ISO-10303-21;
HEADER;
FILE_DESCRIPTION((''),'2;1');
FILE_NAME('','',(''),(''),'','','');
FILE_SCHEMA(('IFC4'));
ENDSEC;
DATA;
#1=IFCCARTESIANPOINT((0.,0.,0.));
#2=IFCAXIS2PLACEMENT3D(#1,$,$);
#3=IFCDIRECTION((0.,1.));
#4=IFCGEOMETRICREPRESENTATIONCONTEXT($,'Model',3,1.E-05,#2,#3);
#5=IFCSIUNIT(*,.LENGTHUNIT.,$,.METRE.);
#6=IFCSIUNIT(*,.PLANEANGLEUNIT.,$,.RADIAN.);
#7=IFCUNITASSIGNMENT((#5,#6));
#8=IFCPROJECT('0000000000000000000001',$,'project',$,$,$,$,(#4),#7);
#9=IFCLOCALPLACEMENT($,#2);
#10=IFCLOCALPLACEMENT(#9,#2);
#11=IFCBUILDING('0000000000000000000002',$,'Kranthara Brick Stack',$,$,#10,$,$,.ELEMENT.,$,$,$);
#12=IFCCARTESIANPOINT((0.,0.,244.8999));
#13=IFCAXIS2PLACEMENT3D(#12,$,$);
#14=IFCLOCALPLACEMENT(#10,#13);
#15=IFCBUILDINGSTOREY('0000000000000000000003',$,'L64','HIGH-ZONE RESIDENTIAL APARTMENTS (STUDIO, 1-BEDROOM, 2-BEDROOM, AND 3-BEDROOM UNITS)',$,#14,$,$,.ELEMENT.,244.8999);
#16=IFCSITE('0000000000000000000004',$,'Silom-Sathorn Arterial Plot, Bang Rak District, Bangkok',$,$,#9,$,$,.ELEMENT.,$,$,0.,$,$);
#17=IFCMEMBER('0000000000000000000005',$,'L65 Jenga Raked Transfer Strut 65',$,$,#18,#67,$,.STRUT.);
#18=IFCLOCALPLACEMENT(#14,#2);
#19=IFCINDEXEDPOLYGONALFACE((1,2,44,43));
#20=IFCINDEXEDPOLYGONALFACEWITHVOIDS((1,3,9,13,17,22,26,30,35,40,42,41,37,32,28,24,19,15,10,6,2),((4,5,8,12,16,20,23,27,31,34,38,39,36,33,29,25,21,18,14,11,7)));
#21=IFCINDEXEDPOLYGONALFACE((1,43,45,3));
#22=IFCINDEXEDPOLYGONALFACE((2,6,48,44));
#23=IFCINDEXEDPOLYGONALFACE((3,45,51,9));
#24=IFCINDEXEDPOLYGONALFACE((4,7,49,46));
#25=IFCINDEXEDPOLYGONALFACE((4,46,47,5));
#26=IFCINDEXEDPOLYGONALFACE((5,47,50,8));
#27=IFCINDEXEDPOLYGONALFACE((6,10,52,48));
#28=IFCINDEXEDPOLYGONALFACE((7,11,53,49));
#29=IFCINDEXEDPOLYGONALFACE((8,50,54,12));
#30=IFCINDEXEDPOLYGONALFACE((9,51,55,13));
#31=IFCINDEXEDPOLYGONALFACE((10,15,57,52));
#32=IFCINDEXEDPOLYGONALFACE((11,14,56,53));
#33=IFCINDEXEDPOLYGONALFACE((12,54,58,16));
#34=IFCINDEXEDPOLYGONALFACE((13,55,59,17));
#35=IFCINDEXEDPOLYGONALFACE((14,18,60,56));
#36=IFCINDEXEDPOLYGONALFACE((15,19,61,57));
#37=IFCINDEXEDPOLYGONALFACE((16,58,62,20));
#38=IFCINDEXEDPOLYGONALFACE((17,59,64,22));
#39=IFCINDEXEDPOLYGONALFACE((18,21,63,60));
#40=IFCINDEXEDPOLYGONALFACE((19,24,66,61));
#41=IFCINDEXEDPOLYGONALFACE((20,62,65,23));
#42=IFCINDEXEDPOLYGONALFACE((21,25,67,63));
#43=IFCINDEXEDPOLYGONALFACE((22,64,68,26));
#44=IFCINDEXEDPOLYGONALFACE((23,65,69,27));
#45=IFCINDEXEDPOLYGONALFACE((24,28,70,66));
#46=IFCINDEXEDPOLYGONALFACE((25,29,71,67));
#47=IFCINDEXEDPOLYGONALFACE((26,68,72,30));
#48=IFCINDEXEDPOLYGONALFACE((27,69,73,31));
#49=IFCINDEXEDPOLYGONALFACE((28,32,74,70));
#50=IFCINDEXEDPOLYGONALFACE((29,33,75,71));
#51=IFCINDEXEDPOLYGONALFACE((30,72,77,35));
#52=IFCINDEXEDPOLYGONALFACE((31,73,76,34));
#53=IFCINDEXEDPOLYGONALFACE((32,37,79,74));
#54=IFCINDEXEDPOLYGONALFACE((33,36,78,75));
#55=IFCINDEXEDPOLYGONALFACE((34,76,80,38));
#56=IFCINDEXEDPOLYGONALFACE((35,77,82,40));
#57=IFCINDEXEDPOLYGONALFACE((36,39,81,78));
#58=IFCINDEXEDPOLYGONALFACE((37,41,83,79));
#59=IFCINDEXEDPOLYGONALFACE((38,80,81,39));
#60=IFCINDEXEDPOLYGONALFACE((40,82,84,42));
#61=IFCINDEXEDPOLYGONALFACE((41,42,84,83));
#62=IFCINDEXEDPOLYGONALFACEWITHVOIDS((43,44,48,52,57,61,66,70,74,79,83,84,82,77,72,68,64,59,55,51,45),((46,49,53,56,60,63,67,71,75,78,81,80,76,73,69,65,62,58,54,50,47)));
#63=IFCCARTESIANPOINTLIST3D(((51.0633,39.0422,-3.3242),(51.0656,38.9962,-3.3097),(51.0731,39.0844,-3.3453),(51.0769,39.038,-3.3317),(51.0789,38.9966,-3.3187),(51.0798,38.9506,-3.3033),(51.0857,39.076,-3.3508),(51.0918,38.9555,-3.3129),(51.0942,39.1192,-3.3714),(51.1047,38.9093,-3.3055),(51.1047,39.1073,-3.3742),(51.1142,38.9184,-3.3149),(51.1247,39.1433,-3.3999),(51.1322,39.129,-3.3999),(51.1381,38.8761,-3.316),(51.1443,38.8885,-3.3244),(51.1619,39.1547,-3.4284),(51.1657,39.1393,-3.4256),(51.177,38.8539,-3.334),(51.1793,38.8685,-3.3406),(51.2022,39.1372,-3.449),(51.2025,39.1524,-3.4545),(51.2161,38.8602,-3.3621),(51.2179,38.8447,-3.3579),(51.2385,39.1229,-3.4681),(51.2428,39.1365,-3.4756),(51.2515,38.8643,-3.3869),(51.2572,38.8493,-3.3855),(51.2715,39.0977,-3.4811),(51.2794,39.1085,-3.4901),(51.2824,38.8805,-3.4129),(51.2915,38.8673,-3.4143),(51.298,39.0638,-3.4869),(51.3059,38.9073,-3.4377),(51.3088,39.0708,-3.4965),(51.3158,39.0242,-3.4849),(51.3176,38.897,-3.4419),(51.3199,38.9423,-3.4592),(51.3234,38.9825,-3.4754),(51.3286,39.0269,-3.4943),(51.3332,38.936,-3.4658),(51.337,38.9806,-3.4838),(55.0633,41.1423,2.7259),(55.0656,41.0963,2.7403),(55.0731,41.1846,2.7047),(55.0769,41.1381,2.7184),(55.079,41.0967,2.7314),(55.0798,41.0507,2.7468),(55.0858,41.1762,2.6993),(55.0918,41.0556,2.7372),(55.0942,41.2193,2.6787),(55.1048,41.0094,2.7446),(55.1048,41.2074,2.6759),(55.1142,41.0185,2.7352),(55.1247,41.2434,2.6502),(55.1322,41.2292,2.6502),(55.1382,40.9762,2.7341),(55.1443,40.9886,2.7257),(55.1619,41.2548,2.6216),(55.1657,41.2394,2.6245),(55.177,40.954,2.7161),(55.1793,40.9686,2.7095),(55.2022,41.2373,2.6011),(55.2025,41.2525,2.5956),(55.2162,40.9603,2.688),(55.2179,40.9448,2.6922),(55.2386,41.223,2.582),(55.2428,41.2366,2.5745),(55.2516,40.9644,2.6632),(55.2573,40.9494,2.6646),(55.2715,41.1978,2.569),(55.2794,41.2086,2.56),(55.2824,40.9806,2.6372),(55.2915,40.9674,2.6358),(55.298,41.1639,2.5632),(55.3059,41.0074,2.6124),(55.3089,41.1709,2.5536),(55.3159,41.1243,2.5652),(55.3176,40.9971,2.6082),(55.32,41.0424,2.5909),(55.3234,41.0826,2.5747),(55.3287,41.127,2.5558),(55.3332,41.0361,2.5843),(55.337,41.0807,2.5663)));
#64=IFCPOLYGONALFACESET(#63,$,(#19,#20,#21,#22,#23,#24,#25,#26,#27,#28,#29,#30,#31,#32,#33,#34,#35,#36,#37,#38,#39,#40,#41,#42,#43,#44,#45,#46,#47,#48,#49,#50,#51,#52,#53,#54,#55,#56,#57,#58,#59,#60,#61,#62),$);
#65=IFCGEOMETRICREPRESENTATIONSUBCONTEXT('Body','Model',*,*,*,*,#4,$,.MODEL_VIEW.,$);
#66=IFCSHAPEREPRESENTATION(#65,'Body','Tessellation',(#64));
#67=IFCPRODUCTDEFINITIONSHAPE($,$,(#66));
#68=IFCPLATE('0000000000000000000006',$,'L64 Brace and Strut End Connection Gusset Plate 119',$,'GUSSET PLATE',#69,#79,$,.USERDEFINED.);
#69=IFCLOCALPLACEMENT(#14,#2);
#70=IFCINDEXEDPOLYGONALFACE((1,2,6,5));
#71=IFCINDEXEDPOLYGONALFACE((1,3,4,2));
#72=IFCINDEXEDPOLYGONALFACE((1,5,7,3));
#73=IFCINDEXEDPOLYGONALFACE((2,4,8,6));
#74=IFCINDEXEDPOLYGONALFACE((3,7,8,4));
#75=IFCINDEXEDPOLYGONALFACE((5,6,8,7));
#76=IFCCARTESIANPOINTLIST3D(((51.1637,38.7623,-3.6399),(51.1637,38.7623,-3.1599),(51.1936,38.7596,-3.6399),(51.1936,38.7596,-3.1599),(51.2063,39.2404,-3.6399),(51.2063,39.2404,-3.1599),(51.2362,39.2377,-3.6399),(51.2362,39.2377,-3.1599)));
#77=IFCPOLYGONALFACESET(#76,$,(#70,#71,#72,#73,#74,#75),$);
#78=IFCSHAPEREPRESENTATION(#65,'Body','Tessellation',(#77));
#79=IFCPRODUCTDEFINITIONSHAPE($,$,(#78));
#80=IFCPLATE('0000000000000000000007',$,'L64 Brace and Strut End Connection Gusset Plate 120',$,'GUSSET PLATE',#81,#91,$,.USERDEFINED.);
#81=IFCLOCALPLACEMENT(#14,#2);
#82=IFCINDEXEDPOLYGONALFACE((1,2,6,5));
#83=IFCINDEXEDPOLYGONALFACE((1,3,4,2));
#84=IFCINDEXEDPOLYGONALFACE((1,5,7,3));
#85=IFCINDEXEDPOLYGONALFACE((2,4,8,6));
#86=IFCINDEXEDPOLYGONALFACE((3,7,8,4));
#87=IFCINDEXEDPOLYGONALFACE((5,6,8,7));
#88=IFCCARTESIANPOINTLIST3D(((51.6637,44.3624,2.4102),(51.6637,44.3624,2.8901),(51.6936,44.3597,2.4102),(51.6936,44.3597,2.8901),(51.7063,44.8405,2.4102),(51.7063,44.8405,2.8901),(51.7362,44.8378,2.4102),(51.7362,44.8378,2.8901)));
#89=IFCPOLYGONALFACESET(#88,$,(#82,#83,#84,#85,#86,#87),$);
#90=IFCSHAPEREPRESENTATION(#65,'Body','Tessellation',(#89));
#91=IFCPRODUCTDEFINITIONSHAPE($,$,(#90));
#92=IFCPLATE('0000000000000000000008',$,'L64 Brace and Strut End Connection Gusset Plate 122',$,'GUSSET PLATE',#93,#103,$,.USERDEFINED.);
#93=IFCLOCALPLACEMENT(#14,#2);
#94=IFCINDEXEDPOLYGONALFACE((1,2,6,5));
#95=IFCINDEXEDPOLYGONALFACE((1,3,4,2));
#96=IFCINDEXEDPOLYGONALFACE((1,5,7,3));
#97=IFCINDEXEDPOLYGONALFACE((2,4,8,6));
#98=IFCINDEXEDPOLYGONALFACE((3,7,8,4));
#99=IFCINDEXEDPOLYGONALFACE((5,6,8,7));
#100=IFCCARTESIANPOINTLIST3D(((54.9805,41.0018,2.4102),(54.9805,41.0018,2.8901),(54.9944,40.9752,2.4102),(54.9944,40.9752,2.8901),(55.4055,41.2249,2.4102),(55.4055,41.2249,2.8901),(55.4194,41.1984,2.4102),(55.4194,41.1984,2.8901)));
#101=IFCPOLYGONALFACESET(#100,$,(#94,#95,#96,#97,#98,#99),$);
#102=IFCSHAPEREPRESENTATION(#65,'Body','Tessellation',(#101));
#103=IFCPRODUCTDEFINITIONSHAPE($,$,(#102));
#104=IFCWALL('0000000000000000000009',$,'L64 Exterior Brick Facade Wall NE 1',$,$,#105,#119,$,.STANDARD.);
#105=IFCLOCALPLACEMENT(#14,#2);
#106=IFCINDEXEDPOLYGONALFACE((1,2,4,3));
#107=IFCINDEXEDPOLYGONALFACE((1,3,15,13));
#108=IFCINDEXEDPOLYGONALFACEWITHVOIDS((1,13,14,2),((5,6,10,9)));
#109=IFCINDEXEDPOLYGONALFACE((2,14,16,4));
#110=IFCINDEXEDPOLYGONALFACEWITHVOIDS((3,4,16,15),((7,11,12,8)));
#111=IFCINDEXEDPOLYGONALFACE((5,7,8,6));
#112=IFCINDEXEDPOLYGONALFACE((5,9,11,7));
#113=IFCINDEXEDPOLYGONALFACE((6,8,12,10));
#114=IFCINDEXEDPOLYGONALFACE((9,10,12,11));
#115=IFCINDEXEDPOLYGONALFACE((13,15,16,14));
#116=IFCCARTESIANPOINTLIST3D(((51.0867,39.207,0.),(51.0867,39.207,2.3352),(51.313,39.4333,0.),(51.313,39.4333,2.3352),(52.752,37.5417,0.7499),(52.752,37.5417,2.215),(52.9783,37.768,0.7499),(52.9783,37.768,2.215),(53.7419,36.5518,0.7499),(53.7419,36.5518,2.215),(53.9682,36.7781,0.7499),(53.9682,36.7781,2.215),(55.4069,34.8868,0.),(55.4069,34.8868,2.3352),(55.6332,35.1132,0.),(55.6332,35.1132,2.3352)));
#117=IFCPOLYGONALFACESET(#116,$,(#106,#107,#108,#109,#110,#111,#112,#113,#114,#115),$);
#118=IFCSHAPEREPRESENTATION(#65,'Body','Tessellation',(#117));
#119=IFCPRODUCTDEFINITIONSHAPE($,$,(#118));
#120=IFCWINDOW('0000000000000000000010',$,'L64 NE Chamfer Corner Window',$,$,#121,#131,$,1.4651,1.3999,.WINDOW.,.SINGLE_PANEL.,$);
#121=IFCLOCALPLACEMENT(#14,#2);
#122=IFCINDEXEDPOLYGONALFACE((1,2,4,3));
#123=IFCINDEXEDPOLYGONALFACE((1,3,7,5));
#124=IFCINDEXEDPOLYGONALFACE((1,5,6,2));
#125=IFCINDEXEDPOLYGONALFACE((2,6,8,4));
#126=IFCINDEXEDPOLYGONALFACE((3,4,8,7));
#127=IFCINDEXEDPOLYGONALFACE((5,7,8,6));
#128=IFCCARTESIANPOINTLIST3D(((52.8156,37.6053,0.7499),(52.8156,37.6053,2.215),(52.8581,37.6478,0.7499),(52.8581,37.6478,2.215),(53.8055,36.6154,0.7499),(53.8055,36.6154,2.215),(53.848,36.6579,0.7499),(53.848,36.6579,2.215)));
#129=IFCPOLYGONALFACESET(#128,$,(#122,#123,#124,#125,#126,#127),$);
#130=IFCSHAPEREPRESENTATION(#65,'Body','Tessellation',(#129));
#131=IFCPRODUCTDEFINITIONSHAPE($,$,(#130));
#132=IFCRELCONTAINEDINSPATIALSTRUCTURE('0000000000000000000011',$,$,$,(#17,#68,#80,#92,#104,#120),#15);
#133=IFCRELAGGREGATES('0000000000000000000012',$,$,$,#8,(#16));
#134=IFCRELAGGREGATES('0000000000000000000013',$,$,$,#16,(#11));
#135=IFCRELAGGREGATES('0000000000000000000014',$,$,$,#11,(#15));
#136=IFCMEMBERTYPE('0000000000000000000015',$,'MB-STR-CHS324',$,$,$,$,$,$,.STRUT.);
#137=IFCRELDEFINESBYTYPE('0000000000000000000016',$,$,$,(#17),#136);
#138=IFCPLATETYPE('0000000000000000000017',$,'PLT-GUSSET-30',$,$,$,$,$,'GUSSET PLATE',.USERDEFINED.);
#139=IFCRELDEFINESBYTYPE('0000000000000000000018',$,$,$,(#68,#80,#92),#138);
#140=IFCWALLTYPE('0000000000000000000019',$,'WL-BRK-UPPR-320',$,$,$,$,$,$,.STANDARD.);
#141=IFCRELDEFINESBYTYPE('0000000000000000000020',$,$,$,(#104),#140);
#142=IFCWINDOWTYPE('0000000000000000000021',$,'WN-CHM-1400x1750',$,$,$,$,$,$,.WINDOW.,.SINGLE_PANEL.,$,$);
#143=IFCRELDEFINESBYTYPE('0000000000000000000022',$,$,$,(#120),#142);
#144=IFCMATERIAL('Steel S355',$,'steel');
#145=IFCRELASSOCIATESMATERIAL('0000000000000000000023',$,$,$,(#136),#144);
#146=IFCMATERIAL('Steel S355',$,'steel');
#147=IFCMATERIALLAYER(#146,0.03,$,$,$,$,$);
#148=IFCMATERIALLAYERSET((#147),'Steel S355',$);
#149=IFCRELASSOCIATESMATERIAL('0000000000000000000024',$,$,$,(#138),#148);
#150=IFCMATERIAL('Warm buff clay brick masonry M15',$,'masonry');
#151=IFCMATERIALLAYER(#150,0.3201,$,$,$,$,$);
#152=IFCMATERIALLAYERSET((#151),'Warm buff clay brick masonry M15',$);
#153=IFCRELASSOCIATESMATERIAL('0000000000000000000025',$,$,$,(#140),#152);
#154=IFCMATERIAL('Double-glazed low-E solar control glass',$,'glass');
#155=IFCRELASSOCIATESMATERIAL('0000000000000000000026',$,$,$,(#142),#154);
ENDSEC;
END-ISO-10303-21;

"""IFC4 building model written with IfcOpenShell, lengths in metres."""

from ifc_helpers import new_model, si_unit, direction, frame, frame_2d, origin, origin_2d, place, context, subcontext, project, spatial, rectangle, hollow_circle, extrude, material, layer, layer_set, material_profile, profile_set, type_object, element, fill, save


model = new_model("IFC4")

# Units and contexts
model_context = context("Model", 3, precision=1e-05, world=origin(), true_north=direction((0.0, 1.0)))
body_context = subcontext(model_context, "Body", "Model", "MODEL_VIEW")
ifc_project = project(units=[si_unit("LENGTHUNIT", "METRE"), si_unit("PLANEANGLEUNIT", "RADIAN")], contexts=[model_context])

# Site, building, storey
site_placement = place(None, origin())
site = spatial("IfcSite", under=ifc_project, at=site_placement, Name="Silom-Sathorn Arterial Plot, Bang Rak District, Bangkok", CompositionType="ELEMENT", RefElevation=0.0)
building_placement = place(site_placement, origin())
building = spatial("IfcBuilding", under=site, at=building_placement, Name="Kranthara Brick Stack", CompositionType="ELEMENT")
storey_placement = place(building_placement, frame((0.0, 0.0, 244.8999)))
storey = spatial("IfcBuildingStorey", under=building, at=storey_placement, Name="L64", Description="HIGH-ZONE RESIDENTIAL APARTMENTS (STUDIO, 1-BEDROOM, 2-BEDROOM, AND 3-BEDROOM UNITS)", CompositionType="ELEMENT", Elevation=244.8999)

# Member
ifc_material_1 = material(Name="Steel S355", Category="steel")
ifc_material_profile_1 = material_profile(ifc_material_1, hollow_circle(Radius=0.1619, WallThickness=0.0161, at=origin_2d()), Name="CHS 323.9x16")
ifc_profile_set_1 = profile_set([ifc_material_profile_1], Name="Steel S355")
member_type = type_object("IfcMemberType", Name="MB-STR-CHS324", PredefinedType="STRUT", material=ifc_profile_set_1)
member_1_placement = place(storey_placement, frame((51.2, 39.0, -3.3999), z_axis=(0.52975, 0.278132, 0.801254), x_axis=(-0.464851, 0.885389, 0.0)))
element("IfcMember", 1, at=member_1_placement, inside=storey, type_object=member_type, Name="L65 Jenga Raked Transfer Strut 65", PredefinedType="STRUT", context=body_context, shape_type="SweptSolid", body=[
    extrude(hollow_circle(Radius=0.1619, WallThickness=0.0161, at=origin_2d()), origin(), (0.0, 0.0, 1.0), 7.5508),
])

# Plates
ifc_material_2 = material(Name="Steel S355", Category="steel")
ifc_layer_1 = layer(ifc_material_2, 0.03)
ifc_layer_set_1 = layer_set([ifc_layer_1], Name="Steel S355")
plate_type = type_object("IfcPlateType", Name="PLT-GUSSET-30", ElementType="GUSSET PLATE", PredefinedType="USERDEFINED", material=ifc_layer_set_1)
for number, where, z_axis, x_axis, name in (
    (2, (51.2, 39.0, -3.6399), (0.0, 0.0, 1.0), (0.088894, 0.996041, 0.0), "L64 Brace and Strut End Connection Gusset Plate 119"),
    (3, (51.7, 44.6001, 2.4102), (0.0, 0.0, 1.0), (0.088894, 0.996041, 0.0), "L64 Brace and Strut End Connection Gusset Plate 120"),
    (4, (55.2, 41.1001, 2.4102), (0.0, 0.0, 1.0), (0.885394, 0.464842, 0.0), "L64 Brace and Strut End Connection Gusset Plate 122"),
):
    element("IfcPlate", number, at=place(storey_placement, frame(where, z_axis=z_axis, x_axis=x_axis)), inside=storey, type_object=plate_type, Name=name, ObjectType="GUSSET PLATE", PredefinedType="USERDEFINED", context=body_context, shape_type="SweptSolid", body=[
        extrude(rectangle(XDim=0.48, YDim=0.03, at=origin_2d()), origin(), (0.0, 0.0, 1.0), 0.48),
    ])

# Wall, opening, window
ifc_material_3 = material(Name="Warm buff clay brick masonry M15", Category="masonry")
ifc_layer_2 = layer(ifc_material_3, 0.3201)
ifc_layer_set_2 = layer_set([ifc_layer_2], Name="Warm buff clay brick masonry M15")
wall_type_1 = type_object("IfcWallType", Name="WL-BRK-UPPR-320", PredefinedType="STANDARD", material=ifc_layer_set_2)
wall_1_placement = place(storey_placement, frame((51.2, 39.3201, 0.0), z_axis=(0.0, 0.0, 1.0), x_axis=(0.707107, -0.707107, 0.0)))
wall_1 = element("IfcWall", 5, at=wall_1_placement, inside=storey, type_object=wall_type_1, Name="L64 Exterior Brick Facade Wall NE 1", PredefinedType="STANDARD", context=body_context, shape_type="SweptSolid", body=[
    extrude(rectangle(XDim=6.1096, YDim=0.3201, at=frame_2d((3.0547, 0.0))), origin(), (0.0, 0.0, 1.0), 2.3352),
])
opening_1_placement = place(wall_1_placement, frame((2.355, 0.0, 0.75)))
opening_1 = element("IfcOpeningElement", 6, at=opening_1_placement, cuts=wall_1, PredefinedType="OPENING", context=body_context, shape_type="SweptSolid", body=[
    extrude(rectangle(XDim=1.3999, YDim=1.4651, at=frame_2d((0.7, 0.7324))), frame((0.0, 0.1699, 0.0), z_axis=(0.0, -1.0, 0.0), x_axis=(1.0, 0.0, 0.0)), (0.0, 0.0, 1.0), 0.3401),
])
ifc_material_4 = material(Name="Double-glazed low-E solar control glass", Category="glass")
window_type_1 = type_object("IfcWindowType", Name="WN-CHM-1400x1750", PartitioningType="SINGLE_PANEL", PredefinedType="WINDOW", material=ifc_material_4)
window_1_placement = place(opening_1_placement, origin())
window_1 = element("IfcWindow", 7, at=window_1_placement, inside=storey, type_object=window_type_1, Name="L64 NE Chamfer Corner Window", OverallHeight=1.4651, OverallWidth=1.3999, PartitioningType="SINGLE_PANEL", PredefinedType="WINDOW", context=body_context, shape_type="SweptSolid", body=[
    extrude(rectangle(XDim=1.3999, YDim=1.4651, at=frame_2d((0.7, 0.7324))), frame((0.0, -0.01, 0.0), z_axis=(0.0, -1.0, 0.0), x_axis=(1.0, 0.0, 0.0)), (0.0, 0.0, 1.0), 0.0601),
])
fill(opening_1, window_1)

save(model, "model.ifc")
